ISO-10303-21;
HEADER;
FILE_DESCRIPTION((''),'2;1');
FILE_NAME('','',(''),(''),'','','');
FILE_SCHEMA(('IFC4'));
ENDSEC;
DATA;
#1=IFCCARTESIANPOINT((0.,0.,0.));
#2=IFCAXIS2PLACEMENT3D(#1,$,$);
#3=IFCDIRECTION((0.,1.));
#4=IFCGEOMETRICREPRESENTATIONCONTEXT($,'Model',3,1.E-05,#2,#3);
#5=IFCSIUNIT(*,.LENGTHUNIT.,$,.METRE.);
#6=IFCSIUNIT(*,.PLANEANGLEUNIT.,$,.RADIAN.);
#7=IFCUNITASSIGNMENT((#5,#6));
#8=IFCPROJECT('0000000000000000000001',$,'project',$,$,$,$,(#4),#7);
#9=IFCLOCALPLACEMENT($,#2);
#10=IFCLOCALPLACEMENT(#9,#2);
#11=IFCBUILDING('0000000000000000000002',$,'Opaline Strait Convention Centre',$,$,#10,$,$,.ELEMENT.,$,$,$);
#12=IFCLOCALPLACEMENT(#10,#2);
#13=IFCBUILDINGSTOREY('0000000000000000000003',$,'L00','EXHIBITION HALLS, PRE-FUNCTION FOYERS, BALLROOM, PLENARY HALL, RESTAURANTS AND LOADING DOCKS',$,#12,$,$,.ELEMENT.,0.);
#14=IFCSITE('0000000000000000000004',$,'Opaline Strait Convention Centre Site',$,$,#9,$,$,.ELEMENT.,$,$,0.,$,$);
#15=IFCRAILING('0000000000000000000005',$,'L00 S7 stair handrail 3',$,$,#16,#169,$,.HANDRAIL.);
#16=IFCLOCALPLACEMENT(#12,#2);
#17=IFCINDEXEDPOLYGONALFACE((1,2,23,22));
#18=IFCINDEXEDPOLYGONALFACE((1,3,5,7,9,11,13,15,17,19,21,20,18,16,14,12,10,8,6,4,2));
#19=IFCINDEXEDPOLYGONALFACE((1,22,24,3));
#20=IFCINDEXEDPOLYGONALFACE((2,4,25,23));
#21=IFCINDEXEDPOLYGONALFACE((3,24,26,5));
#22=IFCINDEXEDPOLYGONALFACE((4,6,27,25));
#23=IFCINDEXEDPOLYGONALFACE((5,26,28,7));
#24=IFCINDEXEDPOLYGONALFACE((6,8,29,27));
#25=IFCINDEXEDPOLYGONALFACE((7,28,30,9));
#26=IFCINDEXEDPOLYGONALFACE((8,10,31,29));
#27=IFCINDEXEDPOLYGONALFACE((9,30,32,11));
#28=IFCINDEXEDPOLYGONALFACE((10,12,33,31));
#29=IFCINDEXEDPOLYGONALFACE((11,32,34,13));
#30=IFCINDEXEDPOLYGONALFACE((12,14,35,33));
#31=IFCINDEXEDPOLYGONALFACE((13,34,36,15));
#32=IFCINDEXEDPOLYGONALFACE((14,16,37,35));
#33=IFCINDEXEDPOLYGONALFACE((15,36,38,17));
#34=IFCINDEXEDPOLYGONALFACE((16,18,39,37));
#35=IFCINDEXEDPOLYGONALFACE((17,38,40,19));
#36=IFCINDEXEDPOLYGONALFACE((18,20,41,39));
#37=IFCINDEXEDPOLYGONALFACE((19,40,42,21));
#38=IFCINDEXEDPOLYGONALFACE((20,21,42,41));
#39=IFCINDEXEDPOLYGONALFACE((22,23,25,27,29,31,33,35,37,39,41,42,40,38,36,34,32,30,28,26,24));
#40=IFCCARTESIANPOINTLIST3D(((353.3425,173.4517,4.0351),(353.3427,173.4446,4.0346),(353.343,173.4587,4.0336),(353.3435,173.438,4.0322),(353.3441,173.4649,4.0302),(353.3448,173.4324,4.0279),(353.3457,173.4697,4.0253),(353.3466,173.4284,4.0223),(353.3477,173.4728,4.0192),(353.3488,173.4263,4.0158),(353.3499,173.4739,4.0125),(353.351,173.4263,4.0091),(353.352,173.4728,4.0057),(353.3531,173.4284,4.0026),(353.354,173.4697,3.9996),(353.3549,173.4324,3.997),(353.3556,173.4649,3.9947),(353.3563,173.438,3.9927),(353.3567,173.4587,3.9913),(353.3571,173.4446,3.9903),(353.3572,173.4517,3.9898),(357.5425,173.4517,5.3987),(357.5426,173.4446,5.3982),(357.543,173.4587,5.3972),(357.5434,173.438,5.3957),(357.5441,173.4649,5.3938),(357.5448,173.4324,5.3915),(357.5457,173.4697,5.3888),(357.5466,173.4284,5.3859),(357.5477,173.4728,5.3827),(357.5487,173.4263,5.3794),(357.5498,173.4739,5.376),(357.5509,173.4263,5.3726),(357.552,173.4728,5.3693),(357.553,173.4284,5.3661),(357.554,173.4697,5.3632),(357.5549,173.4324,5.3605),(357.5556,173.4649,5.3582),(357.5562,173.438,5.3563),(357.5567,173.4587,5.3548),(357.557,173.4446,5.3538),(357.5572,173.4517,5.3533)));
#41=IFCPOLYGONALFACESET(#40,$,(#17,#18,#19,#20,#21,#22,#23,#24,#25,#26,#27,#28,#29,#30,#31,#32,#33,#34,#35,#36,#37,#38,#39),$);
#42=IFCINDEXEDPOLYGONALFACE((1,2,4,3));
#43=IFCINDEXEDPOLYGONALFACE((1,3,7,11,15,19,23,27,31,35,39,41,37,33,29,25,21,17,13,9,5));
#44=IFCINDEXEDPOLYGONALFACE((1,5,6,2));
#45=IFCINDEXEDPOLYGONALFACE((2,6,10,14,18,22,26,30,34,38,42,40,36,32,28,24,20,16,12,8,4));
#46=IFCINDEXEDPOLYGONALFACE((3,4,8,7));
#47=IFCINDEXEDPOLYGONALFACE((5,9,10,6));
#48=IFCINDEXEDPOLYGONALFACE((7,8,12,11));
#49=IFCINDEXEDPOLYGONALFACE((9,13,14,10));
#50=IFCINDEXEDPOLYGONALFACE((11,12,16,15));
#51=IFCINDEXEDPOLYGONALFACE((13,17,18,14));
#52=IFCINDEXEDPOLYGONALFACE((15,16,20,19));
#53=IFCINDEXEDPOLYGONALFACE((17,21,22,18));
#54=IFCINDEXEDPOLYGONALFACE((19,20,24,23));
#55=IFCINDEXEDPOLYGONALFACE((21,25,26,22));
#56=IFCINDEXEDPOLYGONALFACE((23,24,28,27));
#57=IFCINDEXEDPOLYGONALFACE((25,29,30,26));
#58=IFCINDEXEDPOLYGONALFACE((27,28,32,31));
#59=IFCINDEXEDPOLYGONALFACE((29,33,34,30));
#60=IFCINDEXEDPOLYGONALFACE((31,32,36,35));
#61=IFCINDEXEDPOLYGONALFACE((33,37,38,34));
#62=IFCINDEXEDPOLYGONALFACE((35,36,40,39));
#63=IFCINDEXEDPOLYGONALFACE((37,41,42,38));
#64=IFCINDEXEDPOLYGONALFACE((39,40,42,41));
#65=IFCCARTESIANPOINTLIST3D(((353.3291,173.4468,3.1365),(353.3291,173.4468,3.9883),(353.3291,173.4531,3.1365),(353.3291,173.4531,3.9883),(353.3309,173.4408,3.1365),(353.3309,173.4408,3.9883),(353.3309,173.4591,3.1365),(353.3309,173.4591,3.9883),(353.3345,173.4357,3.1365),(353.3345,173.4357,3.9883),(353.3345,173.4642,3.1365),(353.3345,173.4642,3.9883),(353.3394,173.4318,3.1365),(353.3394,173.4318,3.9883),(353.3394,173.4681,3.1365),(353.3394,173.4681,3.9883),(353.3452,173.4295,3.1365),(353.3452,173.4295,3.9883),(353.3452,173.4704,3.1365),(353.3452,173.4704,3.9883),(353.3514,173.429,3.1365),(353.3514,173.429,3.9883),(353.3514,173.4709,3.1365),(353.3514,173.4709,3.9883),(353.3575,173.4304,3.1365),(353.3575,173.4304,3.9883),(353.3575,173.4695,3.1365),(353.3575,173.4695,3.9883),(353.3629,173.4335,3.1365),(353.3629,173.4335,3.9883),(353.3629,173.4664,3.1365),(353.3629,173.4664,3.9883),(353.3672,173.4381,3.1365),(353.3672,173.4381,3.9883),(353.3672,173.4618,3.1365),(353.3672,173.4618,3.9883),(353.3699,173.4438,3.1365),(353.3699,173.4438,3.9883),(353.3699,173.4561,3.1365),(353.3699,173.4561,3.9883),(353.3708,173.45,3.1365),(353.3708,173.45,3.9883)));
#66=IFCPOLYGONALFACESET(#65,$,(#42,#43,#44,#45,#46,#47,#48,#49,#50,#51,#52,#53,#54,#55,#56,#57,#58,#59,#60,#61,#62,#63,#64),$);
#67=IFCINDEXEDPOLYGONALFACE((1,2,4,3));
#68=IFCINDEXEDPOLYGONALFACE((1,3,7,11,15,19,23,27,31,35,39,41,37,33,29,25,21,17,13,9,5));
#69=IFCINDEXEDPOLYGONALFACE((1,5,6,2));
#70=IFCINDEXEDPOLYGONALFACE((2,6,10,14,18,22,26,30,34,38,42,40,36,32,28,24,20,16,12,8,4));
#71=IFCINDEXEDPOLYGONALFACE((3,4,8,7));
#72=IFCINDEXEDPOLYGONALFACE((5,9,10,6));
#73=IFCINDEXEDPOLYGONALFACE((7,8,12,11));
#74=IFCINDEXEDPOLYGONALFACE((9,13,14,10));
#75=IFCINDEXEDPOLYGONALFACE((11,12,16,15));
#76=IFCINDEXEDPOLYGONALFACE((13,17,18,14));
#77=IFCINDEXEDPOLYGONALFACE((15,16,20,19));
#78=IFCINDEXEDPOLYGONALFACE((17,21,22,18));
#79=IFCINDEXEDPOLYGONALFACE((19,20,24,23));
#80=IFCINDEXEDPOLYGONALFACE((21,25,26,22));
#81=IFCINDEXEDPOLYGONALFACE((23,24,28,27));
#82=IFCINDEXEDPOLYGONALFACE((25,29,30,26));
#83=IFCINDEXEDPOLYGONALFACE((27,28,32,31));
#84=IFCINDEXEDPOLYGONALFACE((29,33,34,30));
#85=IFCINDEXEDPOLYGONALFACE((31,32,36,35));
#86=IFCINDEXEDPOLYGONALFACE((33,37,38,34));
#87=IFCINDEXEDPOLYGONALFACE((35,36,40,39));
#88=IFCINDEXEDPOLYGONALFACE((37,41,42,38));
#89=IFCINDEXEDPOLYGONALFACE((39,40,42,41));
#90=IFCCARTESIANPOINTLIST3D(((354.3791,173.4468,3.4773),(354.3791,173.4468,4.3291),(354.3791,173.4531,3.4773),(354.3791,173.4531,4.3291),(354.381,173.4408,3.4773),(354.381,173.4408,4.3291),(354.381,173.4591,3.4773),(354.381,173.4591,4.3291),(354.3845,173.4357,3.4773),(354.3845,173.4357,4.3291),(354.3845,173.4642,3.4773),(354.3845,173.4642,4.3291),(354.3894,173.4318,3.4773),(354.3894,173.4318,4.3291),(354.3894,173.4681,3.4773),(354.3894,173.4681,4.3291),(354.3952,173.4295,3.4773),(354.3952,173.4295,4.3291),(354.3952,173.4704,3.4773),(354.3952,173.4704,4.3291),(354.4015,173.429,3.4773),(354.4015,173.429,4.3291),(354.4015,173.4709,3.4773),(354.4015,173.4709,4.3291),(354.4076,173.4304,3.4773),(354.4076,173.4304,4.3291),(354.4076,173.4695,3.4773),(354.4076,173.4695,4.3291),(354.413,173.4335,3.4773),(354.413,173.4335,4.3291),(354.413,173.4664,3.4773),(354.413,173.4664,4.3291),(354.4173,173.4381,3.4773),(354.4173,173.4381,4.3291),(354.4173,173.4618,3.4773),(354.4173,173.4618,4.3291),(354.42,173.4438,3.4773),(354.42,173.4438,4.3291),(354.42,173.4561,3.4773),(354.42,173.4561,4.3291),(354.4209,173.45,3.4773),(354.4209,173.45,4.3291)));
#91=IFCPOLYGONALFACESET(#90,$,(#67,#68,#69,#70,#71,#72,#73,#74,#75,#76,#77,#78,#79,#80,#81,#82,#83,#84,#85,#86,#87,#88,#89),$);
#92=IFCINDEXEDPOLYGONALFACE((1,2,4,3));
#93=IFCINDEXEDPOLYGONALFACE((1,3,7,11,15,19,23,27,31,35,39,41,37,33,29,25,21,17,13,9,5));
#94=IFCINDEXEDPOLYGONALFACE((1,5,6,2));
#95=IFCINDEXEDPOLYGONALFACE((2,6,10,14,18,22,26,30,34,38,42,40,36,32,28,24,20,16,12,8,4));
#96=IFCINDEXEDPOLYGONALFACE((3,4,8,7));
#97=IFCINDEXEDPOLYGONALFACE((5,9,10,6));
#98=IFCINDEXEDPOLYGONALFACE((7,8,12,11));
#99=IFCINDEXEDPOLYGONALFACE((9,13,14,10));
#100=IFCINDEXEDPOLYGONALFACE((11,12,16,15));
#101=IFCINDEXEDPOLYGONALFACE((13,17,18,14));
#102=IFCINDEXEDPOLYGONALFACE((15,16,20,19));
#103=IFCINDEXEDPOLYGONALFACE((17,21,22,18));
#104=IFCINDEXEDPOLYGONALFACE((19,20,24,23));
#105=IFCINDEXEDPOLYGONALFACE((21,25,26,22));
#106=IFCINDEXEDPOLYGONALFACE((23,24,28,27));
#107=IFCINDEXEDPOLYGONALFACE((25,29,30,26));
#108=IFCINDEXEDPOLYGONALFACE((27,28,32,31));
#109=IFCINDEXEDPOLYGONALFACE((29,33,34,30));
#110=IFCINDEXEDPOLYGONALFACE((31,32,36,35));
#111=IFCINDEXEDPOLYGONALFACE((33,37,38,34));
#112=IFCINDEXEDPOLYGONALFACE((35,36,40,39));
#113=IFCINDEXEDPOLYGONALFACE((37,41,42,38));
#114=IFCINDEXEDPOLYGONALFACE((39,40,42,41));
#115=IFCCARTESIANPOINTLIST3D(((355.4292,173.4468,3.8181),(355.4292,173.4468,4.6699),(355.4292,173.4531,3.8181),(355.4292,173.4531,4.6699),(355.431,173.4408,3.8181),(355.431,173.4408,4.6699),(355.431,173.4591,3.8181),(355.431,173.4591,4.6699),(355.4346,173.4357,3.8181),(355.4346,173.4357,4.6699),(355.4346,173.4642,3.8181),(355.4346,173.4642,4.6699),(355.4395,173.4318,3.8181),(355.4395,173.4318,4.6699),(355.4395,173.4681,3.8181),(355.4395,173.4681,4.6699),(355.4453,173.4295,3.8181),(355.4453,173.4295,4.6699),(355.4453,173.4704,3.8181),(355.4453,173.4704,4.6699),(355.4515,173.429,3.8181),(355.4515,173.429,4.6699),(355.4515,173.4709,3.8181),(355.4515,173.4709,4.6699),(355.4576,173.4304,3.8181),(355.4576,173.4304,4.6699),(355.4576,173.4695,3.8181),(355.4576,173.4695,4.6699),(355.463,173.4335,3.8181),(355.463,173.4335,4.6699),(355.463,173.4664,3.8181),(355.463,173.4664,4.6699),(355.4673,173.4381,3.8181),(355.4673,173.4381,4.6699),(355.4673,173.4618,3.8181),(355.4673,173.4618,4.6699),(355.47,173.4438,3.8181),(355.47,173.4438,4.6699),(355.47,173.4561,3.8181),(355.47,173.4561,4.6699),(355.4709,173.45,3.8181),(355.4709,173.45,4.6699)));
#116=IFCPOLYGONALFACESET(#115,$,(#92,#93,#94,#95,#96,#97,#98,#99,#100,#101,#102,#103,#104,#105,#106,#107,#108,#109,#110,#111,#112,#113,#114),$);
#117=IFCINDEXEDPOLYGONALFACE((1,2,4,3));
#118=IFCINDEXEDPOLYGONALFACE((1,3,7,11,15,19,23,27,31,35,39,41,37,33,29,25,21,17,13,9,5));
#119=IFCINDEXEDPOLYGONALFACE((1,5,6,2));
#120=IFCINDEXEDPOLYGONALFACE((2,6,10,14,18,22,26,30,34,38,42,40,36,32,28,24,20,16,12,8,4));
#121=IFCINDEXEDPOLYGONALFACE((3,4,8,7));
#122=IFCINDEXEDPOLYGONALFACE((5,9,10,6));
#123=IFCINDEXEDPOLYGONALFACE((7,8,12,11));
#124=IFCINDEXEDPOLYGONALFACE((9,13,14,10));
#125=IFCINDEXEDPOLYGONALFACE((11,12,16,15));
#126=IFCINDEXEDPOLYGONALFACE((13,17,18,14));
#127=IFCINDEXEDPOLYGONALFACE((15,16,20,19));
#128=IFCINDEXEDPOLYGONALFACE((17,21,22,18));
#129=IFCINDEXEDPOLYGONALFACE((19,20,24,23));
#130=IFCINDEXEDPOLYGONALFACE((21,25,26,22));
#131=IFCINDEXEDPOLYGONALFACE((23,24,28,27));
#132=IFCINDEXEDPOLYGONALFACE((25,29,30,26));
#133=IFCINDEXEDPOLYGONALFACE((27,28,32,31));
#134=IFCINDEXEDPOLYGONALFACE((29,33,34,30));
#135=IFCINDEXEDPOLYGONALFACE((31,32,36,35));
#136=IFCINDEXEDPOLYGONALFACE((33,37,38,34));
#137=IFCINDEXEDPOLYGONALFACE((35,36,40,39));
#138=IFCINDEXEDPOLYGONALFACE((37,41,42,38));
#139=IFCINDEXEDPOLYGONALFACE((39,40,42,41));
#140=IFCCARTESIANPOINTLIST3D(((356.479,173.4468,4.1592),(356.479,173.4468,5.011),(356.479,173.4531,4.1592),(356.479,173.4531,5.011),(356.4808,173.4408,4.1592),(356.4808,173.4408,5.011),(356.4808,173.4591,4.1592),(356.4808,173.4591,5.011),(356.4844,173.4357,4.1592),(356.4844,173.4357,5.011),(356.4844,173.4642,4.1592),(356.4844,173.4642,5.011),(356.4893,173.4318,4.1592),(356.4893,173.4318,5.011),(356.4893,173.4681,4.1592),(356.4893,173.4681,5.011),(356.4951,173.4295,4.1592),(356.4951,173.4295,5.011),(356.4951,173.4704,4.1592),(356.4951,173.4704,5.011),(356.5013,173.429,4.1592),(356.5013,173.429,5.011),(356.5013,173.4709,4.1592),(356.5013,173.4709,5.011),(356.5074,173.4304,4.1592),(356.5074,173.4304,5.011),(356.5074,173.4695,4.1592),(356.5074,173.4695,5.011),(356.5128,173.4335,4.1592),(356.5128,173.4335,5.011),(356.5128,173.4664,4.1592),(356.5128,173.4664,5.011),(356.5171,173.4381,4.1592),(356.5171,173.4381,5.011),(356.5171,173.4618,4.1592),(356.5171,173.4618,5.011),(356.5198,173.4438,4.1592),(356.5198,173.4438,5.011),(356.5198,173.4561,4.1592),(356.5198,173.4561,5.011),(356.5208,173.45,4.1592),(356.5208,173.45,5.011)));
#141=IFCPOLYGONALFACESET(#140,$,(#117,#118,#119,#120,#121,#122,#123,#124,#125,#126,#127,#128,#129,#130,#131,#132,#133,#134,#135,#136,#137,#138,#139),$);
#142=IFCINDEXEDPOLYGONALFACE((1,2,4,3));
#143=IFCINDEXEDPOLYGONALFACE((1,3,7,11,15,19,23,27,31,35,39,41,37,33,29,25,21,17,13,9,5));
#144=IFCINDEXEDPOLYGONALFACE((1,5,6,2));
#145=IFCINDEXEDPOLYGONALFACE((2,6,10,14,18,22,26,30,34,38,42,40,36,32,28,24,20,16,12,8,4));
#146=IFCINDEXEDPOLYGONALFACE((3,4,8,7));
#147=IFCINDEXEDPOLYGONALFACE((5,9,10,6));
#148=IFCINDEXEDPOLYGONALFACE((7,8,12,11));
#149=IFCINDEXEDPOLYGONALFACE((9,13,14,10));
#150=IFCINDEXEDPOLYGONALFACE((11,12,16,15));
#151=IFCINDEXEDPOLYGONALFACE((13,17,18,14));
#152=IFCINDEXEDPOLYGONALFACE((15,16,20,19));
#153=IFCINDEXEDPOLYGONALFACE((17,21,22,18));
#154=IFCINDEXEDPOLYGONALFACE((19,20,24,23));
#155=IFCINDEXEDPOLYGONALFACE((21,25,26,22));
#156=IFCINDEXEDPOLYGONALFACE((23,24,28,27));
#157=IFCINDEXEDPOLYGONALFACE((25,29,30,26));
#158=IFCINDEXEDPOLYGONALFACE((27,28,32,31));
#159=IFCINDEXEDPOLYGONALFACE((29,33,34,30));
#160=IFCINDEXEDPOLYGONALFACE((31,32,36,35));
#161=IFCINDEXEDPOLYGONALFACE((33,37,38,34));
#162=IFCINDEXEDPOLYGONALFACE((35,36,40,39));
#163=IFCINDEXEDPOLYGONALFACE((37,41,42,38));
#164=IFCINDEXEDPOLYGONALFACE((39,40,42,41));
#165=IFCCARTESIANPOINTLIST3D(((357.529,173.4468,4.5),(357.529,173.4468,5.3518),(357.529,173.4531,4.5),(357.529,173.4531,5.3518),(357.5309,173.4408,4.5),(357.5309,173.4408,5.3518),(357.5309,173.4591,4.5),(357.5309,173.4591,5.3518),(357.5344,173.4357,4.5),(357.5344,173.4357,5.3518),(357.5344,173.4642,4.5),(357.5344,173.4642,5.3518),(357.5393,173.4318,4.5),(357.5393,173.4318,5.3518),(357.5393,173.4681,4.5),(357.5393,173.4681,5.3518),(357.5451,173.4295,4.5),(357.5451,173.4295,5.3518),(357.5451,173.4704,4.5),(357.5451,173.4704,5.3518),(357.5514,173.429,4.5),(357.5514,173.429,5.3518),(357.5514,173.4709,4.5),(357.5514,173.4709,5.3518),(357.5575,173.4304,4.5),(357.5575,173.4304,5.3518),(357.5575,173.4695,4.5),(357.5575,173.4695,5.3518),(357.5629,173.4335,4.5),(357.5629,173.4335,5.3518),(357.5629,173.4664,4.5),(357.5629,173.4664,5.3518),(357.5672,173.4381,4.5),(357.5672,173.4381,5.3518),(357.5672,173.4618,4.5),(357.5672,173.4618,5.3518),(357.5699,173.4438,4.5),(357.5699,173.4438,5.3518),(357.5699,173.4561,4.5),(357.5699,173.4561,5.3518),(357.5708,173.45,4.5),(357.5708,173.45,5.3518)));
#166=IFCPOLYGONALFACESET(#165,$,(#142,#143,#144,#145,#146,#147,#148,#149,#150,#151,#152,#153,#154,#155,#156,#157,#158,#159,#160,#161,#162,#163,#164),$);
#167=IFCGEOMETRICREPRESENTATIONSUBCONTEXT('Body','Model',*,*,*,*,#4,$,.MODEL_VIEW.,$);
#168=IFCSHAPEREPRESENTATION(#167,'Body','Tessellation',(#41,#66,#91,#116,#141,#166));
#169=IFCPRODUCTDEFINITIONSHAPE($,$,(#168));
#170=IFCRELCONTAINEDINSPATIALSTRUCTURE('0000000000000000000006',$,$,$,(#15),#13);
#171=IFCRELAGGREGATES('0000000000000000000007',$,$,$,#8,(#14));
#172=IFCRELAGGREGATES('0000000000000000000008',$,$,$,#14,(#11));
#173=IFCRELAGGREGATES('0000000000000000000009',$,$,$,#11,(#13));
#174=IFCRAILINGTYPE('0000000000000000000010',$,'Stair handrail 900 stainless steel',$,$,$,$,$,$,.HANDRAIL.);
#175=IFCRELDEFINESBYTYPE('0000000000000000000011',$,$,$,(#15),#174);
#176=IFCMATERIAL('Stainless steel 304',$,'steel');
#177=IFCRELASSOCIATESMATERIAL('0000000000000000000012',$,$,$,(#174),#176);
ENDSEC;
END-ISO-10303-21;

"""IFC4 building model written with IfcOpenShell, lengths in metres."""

from ifc_helpers import new_model, si_unit, direction, frame, origin, origin_2d, place, context, subcontext, project, spatial, circle, extrude, material, type_object, element, save


model = new_model("IFC4")

# Units and contexts
model_context = context("Model", 3, precision=1e-05, world=origin(), true_north=direction((0.0, 1.0)))
body_context = subcontext(model_context, "Body", "Model", "MODEL_VIEW")
ifc_project = project(units=[si_unit("LENGTHUNIT", "METRE"), si_unit("PLANEANGLEUNIT", "RADIAN")], contexts=[model_context])

# Site, building, storey
site_placement = place(None, origin())
site = spatial("IfcSite", under=ifc_project, at=site_placement, Name="Opaline Strait Convention Centre Site", CompositionType="ELEMENT", RefElevation=0.0)
building_placement = place(site_placement, origin())
building = spatial("IfcBuilding", under=site, at=building_placement, Name="Opaline Strait Convention Centre", CompositionType="ELEMENT")
storey_placement = place(building_placement, origin())
storey = spatial("IfcBuildingStorey", under=building, at=storey_placement, Name="L00", Description="EXHIBITION HALLS, PRE-FUNCTION FOYERS, BALLROOM, PLENARY HALL, RESTAURANTS AND LOADING DOCKS", CompositionType="ELEMENT", Elevation=0.0)

# Railing
ifc_material_1 = material(Name="Stainless steel 304", Category="steel")
railing_type_1 = type_object("IfcRailingType", Name="Stair handrail 900 stainless steel", PredefinedType="HANDRAIL", material=ifc_material_1)
railing_1_placement = place(storey_placement, frame((353.3499, 173.45, 3.1365)))
element("IfcRailing", 1, at=railing_1_placement, inside=storey, type_object=railing_type_1, Name="L00 S7 stair handrail 3", PredefinedType="HANDRAIL", context=body_context, shape_type="SweptSolid", body=[
    extrude(circle(Radius=0.0239, at=origin_2d()), frame((0.0, 0.0, 0.876), z_axis=(0.951131, 0.0, 0.308787), x_axis=(0.0, 1.0, 0.0)), (0.0, 0.0, 1.0), 4.4158),
    extrude(circle(Radius=0.021, at=origin_2d()), origin(), (0.0, 0.0, 1.0), 0.8518),
    extrude(circle(Radius=0.021, at=origin_2d()), frame((1.05, 0.0, 0.3408)), (0.0, 0.0, 1.0), 0.8518),
    extrude(circle(Radius=0.021, at=origin_2d()), frame((2.1001, 0.0, 0.6816)), (0.0, 0.0, 1.0), 0.8518),
    extrude(circle(Radius=0.021, at=origin_2d()), frame((3.1499, 0.0, 1.0227)), (0.0, 0.0, 1.0), 0.8518),
    extrude(circle(Radius=0.021, at=origin_2d()), frame((4.2, 0.0, 1.3635)), (0.0, 0.0, 1.0), 0.8518),
])

save(model, "model.ifc")
